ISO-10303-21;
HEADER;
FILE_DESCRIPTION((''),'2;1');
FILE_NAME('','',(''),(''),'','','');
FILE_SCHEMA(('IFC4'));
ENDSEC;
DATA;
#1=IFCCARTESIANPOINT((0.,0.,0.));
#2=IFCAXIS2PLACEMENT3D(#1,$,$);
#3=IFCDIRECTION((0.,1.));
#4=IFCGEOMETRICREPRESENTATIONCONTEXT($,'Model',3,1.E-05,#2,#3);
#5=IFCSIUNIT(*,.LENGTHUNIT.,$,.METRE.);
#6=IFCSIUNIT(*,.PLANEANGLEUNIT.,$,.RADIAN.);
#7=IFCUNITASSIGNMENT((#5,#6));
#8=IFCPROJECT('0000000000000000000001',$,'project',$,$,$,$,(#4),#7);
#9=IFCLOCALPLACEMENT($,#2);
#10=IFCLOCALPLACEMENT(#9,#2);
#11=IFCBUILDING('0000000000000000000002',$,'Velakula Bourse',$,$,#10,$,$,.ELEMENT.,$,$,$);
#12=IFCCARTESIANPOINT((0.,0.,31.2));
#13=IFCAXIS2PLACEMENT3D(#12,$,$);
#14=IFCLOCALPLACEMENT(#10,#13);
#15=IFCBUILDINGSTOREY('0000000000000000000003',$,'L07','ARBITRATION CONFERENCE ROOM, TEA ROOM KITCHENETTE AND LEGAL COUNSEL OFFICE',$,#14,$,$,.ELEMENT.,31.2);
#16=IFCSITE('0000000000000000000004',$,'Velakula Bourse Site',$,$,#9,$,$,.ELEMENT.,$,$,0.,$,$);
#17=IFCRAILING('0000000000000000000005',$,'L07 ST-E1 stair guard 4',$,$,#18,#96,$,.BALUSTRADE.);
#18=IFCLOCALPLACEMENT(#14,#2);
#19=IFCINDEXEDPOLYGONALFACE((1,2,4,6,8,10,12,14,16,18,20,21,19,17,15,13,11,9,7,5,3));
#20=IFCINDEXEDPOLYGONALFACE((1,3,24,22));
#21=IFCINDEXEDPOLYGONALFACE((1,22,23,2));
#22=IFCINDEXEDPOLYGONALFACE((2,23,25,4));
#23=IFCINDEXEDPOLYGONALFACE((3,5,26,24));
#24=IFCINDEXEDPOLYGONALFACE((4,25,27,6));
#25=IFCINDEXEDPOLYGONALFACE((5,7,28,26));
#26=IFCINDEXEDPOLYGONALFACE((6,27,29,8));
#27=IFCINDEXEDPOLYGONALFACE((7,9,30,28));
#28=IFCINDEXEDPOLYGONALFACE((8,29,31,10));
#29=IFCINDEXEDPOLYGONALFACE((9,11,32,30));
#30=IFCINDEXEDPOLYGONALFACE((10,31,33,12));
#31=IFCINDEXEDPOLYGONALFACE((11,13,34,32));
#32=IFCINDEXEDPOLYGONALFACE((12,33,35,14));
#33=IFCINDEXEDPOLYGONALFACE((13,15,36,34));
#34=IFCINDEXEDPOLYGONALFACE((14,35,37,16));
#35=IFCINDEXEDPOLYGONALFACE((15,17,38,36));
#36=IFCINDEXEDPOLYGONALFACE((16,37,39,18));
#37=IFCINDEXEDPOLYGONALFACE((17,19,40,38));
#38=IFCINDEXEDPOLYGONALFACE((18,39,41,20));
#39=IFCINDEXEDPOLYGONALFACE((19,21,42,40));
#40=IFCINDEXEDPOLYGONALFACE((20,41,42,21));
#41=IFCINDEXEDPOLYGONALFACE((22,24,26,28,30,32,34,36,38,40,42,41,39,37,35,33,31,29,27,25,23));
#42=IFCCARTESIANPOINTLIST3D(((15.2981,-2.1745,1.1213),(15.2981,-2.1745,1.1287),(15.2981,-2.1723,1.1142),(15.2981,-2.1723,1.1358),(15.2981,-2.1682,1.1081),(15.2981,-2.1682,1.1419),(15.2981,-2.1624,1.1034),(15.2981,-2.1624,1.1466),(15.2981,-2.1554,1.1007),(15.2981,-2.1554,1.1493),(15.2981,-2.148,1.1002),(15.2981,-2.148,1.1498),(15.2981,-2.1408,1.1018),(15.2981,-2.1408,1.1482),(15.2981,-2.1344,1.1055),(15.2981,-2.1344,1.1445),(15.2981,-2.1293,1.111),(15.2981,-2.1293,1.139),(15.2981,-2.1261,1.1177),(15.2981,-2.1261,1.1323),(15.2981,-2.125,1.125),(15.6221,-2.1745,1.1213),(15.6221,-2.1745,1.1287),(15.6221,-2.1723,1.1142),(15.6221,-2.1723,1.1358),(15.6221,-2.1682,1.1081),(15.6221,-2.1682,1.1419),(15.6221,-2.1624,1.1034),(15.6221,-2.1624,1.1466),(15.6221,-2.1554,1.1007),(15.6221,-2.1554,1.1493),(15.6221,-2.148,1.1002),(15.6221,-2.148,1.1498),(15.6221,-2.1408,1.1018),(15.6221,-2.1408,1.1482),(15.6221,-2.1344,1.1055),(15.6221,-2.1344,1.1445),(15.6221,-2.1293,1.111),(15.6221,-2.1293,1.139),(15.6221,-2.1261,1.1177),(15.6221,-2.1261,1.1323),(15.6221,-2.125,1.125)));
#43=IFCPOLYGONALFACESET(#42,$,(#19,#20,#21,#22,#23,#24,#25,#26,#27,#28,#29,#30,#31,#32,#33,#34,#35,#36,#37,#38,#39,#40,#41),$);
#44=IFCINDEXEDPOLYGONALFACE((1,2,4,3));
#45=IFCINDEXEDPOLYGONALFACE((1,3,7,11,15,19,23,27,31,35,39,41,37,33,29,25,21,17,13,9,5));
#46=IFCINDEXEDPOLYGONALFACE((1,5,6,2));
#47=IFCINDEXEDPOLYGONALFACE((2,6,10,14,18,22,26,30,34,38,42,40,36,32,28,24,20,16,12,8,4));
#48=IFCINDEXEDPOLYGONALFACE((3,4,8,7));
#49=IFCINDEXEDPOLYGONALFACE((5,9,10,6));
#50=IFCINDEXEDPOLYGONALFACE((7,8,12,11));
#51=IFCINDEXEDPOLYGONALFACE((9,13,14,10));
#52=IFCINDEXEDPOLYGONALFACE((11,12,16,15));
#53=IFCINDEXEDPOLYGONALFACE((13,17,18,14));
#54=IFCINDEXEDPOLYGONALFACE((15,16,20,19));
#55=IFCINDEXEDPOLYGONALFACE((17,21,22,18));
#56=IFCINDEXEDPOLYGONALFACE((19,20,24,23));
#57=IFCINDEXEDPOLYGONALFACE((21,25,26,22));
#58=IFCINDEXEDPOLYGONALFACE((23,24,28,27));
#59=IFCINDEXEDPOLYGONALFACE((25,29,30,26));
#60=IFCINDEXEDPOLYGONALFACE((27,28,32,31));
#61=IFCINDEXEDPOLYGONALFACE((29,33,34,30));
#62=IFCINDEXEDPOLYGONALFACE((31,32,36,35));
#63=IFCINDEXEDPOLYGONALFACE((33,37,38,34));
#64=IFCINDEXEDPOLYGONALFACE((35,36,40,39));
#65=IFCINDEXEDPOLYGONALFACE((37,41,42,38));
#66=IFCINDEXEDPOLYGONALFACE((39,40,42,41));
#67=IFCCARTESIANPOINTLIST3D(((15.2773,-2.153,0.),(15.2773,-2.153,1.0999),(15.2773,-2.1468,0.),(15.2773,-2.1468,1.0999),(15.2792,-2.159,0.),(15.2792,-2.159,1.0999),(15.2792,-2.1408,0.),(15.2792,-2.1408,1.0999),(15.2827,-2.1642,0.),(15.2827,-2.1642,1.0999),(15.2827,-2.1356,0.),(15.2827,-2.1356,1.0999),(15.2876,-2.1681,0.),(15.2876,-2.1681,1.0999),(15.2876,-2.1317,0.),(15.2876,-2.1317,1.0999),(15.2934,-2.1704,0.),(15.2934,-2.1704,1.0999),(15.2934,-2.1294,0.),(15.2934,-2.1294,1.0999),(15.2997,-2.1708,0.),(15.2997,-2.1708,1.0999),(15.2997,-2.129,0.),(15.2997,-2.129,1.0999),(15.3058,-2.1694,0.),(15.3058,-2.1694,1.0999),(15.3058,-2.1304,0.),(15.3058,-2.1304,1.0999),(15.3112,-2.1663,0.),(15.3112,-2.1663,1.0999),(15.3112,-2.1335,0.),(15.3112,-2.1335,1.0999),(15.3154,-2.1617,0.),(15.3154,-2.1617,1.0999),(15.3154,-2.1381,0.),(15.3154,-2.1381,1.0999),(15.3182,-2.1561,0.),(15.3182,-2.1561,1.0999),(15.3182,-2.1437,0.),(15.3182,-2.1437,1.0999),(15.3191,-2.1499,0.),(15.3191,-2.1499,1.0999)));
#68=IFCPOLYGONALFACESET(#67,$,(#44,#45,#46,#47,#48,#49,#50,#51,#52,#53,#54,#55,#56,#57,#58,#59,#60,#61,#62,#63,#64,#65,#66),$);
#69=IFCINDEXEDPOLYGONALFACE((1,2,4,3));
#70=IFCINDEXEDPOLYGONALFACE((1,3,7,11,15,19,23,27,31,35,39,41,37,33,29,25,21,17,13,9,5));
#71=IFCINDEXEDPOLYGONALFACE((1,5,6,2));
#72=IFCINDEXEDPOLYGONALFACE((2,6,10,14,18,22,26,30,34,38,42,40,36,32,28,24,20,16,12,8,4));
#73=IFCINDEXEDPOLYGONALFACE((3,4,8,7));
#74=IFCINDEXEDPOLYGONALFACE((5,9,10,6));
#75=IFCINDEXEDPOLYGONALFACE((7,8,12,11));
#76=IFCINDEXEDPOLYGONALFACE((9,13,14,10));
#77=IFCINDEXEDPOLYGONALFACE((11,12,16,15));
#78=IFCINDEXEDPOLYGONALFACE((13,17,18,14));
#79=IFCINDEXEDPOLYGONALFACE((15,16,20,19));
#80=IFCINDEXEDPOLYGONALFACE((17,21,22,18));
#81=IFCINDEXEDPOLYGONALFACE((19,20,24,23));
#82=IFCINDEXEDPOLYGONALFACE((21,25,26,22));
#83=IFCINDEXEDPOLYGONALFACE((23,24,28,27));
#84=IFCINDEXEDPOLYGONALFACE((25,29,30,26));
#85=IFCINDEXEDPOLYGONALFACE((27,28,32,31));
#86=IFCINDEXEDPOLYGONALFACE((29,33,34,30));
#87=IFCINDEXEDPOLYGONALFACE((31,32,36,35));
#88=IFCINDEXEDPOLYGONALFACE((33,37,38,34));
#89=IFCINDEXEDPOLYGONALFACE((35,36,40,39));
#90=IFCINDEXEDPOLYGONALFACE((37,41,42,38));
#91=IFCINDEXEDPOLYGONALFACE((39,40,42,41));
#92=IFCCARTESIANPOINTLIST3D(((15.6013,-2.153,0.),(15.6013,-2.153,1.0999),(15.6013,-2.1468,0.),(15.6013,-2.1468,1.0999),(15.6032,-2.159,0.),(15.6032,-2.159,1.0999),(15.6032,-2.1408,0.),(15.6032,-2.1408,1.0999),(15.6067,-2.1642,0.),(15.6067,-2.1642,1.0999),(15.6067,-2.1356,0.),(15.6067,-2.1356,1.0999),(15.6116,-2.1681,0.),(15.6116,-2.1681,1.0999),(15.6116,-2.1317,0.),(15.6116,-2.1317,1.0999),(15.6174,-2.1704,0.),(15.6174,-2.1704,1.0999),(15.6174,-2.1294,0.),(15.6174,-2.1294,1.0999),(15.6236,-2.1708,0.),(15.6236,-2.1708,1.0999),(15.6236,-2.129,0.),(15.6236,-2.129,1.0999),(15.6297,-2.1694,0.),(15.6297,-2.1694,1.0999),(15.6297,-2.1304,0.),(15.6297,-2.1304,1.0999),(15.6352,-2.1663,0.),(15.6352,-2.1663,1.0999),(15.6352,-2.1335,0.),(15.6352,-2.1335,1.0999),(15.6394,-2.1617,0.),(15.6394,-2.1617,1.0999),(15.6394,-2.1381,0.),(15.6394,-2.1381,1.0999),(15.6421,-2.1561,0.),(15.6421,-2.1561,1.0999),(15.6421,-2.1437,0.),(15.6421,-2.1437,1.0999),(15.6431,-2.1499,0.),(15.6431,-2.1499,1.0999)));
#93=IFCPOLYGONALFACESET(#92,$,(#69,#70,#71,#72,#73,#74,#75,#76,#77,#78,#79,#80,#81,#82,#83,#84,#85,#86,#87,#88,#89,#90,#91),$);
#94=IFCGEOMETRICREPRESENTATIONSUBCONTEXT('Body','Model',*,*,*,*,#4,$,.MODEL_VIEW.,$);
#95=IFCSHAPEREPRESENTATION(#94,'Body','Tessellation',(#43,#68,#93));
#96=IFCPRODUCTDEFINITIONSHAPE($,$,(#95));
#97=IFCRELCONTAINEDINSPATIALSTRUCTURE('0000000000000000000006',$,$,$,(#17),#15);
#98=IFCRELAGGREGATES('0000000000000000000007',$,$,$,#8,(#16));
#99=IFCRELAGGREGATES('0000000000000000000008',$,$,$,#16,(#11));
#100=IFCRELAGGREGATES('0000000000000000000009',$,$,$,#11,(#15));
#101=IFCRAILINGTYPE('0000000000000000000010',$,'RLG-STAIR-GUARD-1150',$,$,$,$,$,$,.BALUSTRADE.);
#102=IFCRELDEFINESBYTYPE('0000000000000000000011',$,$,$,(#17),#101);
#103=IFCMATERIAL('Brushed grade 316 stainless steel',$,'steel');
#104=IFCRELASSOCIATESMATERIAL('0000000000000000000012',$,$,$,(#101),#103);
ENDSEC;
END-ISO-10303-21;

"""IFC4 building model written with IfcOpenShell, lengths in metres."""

from ifc_helpers import new_model, si_unit, direction, frame, origin, origin_2d, place, context, subcontext, project, spatial, circle, extrude, material, type_object, element, save


model = new_model("IFC4")

# Units and contexts
model_context = context("Model", 3, precision=1e-05, world=origin(), true_north=direction((0.0, 1.0)))
body_context = subcontext(model_context, "Body", "Model", "MODEL_VIEW")
ifc_project = project(units=[si_unit("LENGTHUNIT", "METRE"), si_unit("PLANEANGLEUNIT", "RADIAN")], contexts=[model_context])

# Site, building, storey
site_placement = place(None, origin())
site = spatial("IfcSite", under=ifc_project, at=site_placement, Name="Velakula Bourse Site", CompositionType="ELEMENT", RefElevation=0.0)
building_placement = place(site_placement, origin())
building = spatial("IfcBuilding", under=site, at=building_placement, Name="Velakula Bourse", CompositionType="ELEMENT")
storey_placement = place(building_placement, frame((0.0, 0.0, 31.2)))
storey = spatial("IfcBuildingStorey", under=building, at=storey_placement, Name="L07", Description="ARBITRATION CONFERENCE ROOM, TEA ROOM KITCHENETTE AND LEGAL COUNSEL OFFICE", CompositionType="ELEMENT", Elevation=31.2)

# Shared definitions
ifc_material_1 = material(Name="Brushed grade 316 stainless steel", Category="steel")

# Railing
railing_type_1 = type_object("IfcRailingType", Name="RLG-STAIR-GUARD-1150", PredefinedType="BALUSTRADE", material=ifc_material_1)
railing_1_placement = place(storey_placement, frame((15.2981, -2.1499, 0.0)))
element("IfcRailing", 1, at=railing_1_placement, inside=storey, type_object=railing_type_1, Name="L07 ST-E1 stair guard 4", PredefinedType="BALUSTRADE", context=body_context, shape_type="SweptSolid", body=[
    extrude(circle(Radius=0.0249, at=origin_2d()), frame((0.0, 0.0, 1.125), z_axis=(1.0, 0.0, 0.0), x_axis=(0.0, 1.0, 0.0)), (0.0, 0.0, 1.0), 0.324),
    extrude(circle(Radius=0.021, at=origin_2d()), origin(), (0.0, 0.0, 1.0), 1.0999),
    extrude(circle(Radius=0.021, at=origin_2d()), frame((0.324, 0.0, 0.0)), (0.0, 0.0, 1.0), 1.0999),
])

save(model, "model.ifc")
